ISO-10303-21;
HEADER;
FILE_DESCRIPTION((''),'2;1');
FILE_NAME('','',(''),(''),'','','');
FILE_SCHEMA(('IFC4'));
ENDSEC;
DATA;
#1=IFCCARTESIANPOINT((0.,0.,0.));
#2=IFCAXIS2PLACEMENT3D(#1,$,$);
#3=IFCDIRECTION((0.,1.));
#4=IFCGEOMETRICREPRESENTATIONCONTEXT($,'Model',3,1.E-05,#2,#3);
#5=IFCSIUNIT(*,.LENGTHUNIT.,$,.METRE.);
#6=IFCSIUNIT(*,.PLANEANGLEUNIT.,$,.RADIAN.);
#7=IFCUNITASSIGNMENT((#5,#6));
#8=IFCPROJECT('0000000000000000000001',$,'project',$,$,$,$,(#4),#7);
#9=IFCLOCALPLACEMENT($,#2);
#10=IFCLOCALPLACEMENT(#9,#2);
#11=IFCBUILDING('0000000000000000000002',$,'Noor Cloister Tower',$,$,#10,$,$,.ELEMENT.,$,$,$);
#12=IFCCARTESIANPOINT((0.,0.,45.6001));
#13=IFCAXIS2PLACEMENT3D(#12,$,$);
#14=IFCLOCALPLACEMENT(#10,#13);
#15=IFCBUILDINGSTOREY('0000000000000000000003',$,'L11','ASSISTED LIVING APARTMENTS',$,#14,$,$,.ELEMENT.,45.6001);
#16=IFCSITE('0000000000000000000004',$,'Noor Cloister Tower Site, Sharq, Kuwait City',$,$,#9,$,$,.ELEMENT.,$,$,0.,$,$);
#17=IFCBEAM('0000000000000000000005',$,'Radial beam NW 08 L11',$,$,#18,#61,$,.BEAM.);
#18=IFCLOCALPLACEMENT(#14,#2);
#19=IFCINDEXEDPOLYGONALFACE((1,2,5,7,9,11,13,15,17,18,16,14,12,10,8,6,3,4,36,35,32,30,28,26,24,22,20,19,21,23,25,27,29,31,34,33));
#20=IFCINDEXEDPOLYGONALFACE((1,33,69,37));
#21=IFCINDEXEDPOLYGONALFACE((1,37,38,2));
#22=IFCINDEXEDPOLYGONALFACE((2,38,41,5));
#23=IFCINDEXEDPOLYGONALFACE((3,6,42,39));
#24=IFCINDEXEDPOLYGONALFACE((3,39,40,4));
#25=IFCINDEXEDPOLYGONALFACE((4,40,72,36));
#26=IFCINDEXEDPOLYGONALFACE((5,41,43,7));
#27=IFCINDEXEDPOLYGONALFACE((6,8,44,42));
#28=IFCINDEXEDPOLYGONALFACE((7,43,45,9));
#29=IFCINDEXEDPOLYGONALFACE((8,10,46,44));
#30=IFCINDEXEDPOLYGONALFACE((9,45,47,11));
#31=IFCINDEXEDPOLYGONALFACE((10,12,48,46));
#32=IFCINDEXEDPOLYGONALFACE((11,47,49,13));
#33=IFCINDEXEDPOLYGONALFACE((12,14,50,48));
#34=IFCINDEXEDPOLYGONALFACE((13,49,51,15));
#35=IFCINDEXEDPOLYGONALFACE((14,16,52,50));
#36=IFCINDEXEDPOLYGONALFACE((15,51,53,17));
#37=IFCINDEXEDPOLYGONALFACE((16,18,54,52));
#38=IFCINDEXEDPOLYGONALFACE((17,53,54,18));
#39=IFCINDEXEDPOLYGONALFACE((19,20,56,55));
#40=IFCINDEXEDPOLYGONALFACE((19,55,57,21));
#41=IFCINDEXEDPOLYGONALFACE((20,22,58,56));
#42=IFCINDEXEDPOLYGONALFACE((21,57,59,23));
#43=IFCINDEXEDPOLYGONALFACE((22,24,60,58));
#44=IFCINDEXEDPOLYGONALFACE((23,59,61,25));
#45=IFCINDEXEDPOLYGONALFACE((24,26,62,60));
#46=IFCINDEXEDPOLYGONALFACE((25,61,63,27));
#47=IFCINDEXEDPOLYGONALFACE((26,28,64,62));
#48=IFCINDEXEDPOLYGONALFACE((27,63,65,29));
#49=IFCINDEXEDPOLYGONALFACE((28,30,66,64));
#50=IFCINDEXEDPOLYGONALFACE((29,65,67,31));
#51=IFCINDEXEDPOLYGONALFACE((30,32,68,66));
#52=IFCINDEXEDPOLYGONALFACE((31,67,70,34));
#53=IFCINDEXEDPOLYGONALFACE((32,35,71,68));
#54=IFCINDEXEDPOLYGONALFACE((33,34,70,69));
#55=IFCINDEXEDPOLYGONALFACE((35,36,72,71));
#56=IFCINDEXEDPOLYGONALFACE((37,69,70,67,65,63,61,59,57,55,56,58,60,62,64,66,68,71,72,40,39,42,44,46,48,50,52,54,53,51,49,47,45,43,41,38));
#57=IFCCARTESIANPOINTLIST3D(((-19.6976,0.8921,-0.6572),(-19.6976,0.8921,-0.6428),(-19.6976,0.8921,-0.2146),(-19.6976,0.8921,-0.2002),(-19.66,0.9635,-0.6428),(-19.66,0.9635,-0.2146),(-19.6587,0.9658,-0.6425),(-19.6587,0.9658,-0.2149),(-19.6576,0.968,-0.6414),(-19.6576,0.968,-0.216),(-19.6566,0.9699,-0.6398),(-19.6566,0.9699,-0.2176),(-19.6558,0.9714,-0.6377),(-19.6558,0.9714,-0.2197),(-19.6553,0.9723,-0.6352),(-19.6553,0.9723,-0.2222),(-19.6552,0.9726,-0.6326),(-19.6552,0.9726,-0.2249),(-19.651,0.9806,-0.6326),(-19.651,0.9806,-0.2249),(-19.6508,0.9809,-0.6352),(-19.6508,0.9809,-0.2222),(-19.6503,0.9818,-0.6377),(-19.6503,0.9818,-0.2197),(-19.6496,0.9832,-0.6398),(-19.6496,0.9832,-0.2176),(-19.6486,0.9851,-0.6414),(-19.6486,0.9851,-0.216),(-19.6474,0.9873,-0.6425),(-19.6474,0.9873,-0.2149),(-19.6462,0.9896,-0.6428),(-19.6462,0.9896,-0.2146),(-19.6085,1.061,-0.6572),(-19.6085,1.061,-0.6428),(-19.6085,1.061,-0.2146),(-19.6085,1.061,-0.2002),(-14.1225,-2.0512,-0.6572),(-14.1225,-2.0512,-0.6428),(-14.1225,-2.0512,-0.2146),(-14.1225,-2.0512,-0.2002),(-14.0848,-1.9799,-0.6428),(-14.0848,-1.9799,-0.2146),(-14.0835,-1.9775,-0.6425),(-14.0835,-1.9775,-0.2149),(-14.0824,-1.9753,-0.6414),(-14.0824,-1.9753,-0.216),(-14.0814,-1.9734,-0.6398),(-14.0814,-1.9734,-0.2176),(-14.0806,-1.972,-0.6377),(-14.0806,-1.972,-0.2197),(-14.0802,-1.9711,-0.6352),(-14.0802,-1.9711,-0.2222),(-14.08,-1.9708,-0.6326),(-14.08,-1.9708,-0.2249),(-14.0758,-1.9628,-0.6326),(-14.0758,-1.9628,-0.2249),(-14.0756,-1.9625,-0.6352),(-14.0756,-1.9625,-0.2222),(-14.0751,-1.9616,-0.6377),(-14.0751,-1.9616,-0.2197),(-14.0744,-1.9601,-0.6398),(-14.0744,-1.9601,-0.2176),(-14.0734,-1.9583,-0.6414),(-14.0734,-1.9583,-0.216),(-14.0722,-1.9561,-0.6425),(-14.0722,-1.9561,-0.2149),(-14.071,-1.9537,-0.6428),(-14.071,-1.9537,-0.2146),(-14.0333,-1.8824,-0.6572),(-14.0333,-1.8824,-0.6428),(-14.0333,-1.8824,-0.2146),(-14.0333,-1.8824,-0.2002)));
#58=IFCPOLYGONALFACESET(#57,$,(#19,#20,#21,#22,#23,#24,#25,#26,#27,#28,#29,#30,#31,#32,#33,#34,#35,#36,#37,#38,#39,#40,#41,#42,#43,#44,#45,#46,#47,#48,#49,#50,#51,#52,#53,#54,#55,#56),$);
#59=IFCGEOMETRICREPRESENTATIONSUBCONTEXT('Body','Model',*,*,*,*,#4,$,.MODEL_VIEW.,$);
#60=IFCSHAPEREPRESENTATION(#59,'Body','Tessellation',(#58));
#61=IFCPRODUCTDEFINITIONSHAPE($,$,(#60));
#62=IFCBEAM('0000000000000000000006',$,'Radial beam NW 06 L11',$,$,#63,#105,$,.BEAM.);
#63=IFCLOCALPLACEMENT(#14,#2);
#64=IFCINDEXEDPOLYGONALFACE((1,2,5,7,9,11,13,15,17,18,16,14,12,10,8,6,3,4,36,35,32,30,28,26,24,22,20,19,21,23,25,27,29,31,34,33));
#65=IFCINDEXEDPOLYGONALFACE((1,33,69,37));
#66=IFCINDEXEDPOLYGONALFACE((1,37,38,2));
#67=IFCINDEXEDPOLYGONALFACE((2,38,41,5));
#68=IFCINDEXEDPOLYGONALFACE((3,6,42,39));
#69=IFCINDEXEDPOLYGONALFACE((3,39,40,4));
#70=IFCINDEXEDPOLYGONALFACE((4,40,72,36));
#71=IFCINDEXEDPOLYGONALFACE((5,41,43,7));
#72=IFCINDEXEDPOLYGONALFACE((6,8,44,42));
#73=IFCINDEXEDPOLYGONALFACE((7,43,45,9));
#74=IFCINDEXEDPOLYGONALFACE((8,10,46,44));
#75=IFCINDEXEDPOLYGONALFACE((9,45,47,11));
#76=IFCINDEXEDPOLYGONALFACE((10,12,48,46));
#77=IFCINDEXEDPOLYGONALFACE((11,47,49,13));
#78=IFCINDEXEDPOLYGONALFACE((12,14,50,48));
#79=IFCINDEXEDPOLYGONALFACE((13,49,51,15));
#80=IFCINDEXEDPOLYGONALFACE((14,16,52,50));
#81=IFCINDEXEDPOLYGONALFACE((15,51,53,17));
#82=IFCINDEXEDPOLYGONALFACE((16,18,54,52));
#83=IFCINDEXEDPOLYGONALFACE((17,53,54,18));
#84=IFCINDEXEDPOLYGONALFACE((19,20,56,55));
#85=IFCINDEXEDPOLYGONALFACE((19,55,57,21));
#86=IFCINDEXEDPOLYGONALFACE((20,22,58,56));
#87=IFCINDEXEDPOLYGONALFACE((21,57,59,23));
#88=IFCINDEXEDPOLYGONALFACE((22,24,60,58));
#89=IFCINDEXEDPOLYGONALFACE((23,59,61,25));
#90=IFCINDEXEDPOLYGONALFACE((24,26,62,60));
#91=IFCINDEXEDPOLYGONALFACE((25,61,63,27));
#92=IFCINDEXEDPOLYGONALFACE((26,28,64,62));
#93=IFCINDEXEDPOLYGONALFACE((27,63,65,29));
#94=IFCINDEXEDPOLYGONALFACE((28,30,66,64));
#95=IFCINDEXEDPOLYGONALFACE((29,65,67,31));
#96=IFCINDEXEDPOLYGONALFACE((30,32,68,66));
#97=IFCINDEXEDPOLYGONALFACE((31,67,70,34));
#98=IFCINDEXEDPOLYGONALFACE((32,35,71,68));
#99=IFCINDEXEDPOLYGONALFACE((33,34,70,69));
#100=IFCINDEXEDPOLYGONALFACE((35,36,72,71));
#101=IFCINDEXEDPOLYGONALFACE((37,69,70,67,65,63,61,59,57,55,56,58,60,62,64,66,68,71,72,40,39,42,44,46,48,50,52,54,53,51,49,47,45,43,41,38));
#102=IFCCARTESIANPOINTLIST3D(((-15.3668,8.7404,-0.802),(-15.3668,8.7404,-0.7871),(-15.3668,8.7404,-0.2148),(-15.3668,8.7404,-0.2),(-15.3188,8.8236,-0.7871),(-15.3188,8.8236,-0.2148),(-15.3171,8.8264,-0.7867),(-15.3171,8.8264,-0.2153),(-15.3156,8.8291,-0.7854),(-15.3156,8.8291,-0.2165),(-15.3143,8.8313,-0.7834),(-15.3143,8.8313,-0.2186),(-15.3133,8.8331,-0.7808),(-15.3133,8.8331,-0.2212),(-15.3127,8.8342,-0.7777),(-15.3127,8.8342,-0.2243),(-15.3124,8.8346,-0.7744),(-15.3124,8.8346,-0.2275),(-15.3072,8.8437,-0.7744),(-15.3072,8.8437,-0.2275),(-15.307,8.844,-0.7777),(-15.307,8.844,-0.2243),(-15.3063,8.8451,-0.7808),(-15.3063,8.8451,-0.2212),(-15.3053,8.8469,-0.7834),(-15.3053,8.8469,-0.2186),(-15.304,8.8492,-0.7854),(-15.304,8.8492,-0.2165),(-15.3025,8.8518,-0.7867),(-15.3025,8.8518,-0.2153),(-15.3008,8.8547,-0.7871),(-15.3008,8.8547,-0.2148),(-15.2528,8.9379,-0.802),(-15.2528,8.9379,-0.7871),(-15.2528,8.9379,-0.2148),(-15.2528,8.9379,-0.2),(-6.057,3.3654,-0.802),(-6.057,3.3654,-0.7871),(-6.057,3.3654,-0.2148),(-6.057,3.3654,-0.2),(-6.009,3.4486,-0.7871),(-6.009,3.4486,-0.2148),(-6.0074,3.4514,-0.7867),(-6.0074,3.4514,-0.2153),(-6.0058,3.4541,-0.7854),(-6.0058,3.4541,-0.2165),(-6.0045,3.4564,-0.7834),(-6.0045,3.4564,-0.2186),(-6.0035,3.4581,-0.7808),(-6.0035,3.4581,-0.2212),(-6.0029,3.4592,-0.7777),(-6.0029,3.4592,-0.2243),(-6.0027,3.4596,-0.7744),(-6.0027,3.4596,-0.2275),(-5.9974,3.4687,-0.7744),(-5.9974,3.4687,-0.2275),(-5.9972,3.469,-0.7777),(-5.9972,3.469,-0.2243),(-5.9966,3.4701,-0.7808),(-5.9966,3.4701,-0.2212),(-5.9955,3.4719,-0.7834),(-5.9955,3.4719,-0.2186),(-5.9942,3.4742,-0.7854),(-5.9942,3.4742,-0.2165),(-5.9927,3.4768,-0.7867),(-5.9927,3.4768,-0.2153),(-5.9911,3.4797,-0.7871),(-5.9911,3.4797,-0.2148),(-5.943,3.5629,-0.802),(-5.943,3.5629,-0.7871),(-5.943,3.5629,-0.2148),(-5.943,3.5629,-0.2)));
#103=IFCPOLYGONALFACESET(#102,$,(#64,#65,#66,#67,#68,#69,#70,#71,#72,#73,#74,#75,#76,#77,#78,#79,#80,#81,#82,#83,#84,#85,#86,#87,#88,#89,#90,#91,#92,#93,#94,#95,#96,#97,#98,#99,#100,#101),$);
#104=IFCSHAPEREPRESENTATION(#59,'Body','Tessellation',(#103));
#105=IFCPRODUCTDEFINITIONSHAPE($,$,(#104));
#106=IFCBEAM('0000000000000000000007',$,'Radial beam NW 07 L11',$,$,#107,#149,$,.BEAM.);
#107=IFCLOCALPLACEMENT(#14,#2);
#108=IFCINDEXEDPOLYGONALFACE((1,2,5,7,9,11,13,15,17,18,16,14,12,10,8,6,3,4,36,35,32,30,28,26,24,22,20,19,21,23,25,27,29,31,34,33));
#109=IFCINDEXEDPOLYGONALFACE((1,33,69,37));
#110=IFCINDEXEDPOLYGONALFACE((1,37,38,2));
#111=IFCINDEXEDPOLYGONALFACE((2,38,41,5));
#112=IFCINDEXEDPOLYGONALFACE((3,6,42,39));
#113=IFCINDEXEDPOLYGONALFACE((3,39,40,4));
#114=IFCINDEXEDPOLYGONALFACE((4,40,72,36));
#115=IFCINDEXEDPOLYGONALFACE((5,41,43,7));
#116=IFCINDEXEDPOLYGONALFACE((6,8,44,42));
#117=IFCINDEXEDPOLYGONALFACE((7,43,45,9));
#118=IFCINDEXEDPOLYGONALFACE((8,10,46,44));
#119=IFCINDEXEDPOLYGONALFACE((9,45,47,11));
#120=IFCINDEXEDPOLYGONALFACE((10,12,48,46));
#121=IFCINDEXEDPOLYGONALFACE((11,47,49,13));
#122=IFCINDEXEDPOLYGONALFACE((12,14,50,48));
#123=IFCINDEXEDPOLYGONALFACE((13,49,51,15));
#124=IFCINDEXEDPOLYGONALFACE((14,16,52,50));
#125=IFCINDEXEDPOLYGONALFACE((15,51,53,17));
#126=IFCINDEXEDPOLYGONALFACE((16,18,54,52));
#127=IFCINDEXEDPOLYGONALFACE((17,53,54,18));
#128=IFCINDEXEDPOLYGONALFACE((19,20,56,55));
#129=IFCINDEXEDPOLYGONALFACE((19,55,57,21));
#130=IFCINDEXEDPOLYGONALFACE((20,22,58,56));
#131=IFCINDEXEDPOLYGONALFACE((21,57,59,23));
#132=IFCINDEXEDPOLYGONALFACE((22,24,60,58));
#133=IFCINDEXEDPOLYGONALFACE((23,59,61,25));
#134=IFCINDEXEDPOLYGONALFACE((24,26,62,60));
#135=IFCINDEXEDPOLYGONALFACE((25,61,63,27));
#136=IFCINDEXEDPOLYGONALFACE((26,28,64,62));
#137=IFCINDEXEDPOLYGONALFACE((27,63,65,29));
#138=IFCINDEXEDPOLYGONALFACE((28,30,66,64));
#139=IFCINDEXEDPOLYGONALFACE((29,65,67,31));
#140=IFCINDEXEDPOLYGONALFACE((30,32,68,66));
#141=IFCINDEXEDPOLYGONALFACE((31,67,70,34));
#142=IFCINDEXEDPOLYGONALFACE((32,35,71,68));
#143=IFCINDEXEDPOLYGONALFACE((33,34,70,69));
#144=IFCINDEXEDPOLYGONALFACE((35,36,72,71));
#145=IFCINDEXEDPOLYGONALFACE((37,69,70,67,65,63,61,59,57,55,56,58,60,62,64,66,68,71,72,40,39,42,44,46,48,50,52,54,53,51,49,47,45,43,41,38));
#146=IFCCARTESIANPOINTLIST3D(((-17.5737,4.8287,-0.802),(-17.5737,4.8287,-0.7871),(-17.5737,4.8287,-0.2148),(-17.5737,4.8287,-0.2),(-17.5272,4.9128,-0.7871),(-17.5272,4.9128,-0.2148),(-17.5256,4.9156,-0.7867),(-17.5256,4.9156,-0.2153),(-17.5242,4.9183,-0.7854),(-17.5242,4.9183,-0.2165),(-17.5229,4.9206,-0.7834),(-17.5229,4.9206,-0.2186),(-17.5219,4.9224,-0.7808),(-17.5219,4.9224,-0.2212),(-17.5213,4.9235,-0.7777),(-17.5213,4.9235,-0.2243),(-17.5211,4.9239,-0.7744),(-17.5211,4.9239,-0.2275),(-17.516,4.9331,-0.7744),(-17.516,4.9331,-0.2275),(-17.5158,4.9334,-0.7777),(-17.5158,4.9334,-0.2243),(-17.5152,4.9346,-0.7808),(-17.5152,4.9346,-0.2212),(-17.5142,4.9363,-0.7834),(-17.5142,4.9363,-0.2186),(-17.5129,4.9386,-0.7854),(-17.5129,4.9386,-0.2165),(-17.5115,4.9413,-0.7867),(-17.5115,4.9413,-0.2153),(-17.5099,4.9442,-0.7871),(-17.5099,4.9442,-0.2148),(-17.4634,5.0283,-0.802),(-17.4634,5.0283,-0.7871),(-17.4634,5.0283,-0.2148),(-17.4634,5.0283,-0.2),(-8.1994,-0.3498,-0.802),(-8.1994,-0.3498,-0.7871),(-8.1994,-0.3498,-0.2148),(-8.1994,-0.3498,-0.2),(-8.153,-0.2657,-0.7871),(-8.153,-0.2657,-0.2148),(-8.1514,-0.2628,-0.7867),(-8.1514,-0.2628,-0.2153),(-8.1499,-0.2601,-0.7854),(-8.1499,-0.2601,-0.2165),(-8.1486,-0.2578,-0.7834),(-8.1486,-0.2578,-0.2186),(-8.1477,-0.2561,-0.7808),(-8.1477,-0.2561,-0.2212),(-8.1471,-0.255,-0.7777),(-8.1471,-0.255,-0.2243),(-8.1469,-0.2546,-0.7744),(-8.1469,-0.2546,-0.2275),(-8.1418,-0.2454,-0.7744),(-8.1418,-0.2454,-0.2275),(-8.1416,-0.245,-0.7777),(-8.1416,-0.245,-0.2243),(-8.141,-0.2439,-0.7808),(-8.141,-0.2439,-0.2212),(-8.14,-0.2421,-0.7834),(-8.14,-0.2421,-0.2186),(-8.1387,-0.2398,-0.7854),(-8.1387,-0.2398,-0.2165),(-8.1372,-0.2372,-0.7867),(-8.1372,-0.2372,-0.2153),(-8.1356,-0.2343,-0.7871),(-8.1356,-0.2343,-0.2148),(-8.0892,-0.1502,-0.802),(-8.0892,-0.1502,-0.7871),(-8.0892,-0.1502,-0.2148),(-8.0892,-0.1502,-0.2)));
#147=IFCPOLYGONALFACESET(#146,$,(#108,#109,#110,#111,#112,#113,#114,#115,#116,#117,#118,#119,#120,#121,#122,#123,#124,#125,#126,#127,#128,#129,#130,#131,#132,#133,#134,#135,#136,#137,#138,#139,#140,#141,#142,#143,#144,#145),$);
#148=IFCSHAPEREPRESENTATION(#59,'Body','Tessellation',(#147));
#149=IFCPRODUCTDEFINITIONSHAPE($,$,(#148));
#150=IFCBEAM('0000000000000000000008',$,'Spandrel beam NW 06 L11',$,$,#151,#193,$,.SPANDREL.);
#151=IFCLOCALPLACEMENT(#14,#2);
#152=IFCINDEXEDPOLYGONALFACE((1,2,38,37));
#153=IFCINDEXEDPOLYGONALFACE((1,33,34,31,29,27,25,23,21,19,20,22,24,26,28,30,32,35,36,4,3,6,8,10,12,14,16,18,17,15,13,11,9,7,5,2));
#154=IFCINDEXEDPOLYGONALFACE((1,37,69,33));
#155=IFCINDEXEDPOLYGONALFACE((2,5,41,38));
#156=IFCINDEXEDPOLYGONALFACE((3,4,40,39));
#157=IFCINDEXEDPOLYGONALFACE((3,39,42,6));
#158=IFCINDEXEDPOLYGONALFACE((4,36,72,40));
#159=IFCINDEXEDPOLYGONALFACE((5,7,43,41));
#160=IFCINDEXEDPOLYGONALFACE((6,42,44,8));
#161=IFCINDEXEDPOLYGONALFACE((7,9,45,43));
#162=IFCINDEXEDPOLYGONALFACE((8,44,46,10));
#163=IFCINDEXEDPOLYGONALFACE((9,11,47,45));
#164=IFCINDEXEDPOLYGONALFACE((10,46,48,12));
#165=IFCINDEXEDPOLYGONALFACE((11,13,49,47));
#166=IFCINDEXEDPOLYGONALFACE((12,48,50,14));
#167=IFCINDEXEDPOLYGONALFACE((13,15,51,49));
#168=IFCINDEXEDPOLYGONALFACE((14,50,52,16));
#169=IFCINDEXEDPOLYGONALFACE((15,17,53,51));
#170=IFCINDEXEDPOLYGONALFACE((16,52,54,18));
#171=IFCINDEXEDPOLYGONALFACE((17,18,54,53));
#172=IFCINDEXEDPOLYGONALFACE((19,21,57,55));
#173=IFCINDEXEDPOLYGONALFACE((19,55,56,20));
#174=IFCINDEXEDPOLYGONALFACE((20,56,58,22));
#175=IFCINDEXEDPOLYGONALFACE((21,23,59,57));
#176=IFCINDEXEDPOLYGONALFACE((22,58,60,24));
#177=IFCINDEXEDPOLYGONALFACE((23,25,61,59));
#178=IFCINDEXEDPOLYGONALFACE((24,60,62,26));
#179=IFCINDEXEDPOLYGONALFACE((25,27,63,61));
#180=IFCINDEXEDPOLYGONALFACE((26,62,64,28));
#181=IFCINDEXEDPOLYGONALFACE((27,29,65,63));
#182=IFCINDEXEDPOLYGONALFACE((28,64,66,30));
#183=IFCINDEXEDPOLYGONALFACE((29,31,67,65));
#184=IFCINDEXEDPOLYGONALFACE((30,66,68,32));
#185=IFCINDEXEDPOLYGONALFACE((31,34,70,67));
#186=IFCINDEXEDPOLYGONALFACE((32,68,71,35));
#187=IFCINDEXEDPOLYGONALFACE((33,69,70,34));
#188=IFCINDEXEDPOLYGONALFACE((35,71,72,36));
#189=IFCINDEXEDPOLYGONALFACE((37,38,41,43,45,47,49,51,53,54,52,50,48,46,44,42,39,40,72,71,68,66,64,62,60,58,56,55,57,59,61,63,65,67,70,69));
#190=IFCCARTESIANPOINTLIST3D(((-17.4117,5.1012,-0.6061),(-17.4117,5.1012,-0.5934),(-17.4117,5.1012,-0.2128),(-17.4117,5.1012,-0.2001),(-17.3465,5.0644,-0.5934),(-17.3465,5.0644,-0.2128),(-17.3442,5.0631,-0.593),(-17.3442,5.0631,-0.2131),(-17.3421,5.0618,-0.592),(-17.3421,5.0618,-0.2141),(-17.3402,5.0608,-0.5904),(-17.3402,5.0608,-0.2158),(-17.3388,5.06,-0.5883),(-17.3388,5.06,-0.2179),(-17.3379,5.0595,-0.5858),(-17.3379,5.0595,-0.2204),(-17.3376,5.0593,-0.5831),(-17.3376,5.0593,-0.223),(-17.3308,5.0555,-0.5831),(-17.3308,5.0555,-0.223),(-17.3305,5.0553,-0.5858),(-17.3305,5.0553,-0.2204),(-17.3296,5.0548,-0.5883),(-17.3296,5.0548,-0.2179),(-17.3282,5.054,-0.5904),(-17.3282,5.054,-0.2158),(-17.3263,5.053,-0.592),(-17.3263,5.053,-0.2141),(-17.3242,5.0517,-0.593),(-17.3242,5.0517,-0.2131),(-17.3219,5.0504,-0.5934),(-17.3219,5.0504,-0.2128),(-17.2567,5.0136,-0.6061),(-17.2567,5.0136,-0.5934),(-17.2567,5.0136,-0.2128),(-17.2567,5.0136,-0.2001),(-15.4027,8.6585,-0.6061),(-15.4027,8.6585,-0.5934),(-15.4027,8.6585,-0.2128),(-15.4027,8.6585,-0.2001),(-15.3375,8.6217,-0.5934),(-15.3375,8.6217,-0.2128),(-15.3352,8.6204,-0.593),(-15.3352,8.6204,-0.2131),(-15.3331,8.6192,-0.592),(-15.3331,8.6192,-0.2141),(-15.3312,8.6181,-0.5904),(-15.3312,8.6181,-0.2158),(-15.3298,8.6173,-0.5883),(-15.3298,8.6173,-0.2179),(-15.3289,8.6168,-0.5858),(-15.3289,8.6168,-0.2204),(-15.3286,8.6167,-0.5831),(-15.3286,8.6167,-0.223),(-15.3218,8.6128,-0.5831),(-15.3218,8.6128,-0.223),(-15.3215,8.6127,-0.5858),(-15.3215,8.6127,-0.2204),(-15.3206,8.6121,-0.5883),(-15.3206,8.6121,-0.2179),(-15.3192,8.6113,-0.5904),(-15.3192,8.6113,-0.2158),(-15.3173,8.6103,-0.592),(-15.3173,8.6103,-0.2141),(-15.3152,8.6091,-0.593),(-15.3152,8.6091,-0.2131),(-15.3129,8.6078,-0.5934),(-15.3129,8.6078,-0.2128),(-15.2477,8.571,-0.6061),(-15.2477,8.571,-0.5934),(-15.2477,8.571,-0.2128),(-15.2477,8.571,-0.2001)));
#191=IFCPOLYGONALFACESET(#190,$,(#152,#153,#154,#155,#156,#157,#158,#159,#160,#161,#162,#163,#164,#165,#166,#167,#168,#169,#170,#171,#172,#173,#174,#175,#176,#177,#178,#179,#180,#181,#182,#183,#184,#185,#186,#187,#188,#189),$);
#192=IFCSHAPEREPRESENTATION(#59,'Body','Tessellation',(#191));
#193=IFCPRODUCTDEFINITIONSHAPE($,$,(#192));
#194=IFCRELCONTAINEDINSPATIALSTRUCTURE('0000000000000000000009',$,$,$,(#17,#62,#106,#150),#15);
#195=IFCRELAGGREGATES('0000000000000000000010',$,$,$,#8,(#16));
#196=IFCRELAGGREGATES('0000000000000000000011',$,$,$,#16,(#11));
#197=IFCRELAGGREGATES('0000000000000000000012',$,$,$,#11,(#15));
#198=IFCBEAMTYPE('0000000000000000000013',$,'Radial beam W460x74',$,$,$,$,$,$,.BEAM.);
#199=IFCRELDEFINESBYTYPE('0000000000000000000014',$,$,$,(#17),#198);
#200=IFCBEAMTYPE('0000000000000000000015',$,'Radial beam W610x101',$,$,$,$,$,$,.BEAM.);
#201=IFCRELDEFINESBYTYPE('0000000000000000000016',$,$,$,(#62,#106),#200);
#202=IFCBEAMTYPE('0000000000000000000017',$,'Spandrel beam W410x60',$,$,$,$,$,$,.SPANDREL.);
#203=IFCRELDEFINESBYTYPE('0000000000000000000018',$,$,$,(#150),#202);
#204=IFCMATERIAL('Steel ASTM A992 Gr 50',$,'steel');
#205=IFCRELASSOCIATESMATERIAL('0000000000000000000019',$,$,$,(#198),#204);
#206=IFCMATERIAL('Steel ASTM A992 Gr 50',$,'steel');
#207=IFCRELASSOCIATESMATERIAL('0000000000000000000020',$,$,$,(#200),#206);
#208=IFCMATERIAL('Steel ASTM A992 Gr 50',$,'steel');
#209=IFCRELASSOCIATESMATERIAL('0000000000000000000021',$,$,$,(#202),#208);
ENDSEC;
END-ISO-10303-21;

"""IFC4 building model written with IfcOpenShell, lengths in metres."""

from ifc_helpers import new_model, si_unit, direction, frame, origin, origin_2d, place, context, subcontext, project, spatial, i_section, extrude, material, material_profile, profile_set, type_object, element, save


model = new_model("IFC4")

# Units and contexts
model_context = context("Model", 3, precision=1e-05, world=origin(), true_north=direction((0.0, 1.0)))
body_context = subcontext(model_context, "Body", "Model", "MODEL_VIEW")
ifc_project = project(units=[si_unit("LENGTHUNIT", "METRE"), si_unit("PLANEANGLEUNIT", "RADIAN")], contexts=[model_context])

# Site, building, storey
site_placement = place(None, origin())
site = spatial("IfcSite", under=ifc_project, at=site_placement, Name="Noor Cloister Tower Site, Sharq, Kuwait City", CompositionType="ELEMENT", RefElevation=0.0)
building_placement = place(site_placement, origin())
building = spatial("IfcBuilding", under=site, at=building_placement, Name="Noor Cloister Tower", CompositionType="ELEMENT")
storey_placement = place(building_placement, frame((0.0, 0.0, 45.6001)))
storey = spatial("IfcBuildingStorey", under=building, at=storey_placement, Name="L11", Description="ASSISTED LIVING APARTMENTS", CompositionType="ELEMENT", Elevation=45.6001)

# Beams
ifc_material_1 = material(Name="Steel ASTM A992 Gr 50", Category="steel")
ifc_material_profile_1 = material_profile(ifc_material_1, i_section(OverallWidth=0.1909, OverallDepth=0.457, WebThickness=0.009, FlangeThickness=0.0144, FilletRadius=0.0103, at=origin_2d()), Name="W460x74")
ifc_profile_set_1 = profile_set([ifc_material_profile_1], Name="Steel ASTM A992 Gr 50")
beam_type_1 = type_object("IfcBeamType", Name="Radial beam W460x74", PredefinedType="BEAM", material=ifc_profile_set_1)
beam_1_placement = place(storey_placement, frame((-19.6531, 0.9766, -0.4287), z_axis=(0.884326, -0.46687, 0.0), x_axis=(0.46687, 0.884326, 0.0)))
element("IfcBeam", 1, at=beam_1_placement, inside=storey, type_object=beam_type_1, Name="Radial beam NW 08 L11", PredefinedType="BEAM", context=body_context, shape_type="SweptSolid", body=[
    extrude(i_section(OverallWidth=0.1909, OverallDepth=0.457, WebThickness=0.009, FlangeThickness=0.0144, FilletRadius=0.0103, at=origin_2d()), origin(), (0.0, 0.0, 1.0), 6.3044),
])
ifc_material_2 = material(Name="Steel ASTM A992 Gr 50", Category="steel")
ifc_material_profile_2 = material_profile(ifc_material_2, i_section(OverallWidth=0.228, OverallDepth=0.6021, WebThickness=0.0105, FlangeThickness=0.0149, FilletRadius=0.0127, at=origin_2d()), Name="W610x101")
ifc_profile_set_2 = profile_set([ifc_material_profile_2], Name="Steel ASTM A992 Gr 50")
beam_type_2 = type_object("IfcBeamType", Name="Radial beam W610x101", PredefinedType="BEAM", material=ifc_profile_set_2)
beam_2_placement = place(storey_placement, frame((-15.3098, 8.8391, -0.501), z_axis=(0.866026, -0.499998, 0.0), x_axis=(0.499998, 0.866026, 0.0)))
element("IfcBeam", 2, at=beam_2_placement, inside=storey, type_object=beam_type_2, Name="Radial beam NW 06 L11", PredefinedType="BEAM", context=body_context, shape_type="SweptSolid", body=[
    extrude(i_section(OverallWidth=0.228, OverallDepth=0.6021, WebThickness=0.0105, FlangeThickness=0.0149, FilletRadius=0.0127, at=origin_2d()), origin(), (0.0, 0.0, 1.0), 10.75),
])
beam_3_placement = place(storey_placement, frame((-17.5186, 4.9285, -0.501), z_axis=(0.875323, -0.48354, 0.0), x_axis=(0.48354, 0.875323, 0.0)))
element("IfcBeam", 3, at=beam_3_placement, inside=storey, type_object=beam_type_2, Name="Radial beam NW 07 L11", PredefinedType="BEAM", context=body_context, shape_type="SweptSolid", body=[
    extrude(i_section(OverallWidth=0.228, OverallDepth=0.6021, WebThickness=0.0105, FlangeThickness=0.0149, FilletRadius=0.0127, at=origin_2d()), origin(), (0.0, 0.0, 1.0), 10.7095),
])
ifc_material_3 = material(Name="Steel ASTM A992 Gr 50", Category="steel")
ifc_material_profile_3 = material_profile(ifc_material_3, i_section(OverallWidth=0.178, OverallDepth=0.406, WebThickness=0.0078, FlangeThickness=0.0127, FilletRadius=0.0103, at=origin_2d()), Name="W410x60")
ifc_profile_set_3 = profile_set([ifc_material_profile_3], Name="Steel ASTM A992 Gr 50")
beam_type_3 = type_object("IfcBeamType", Name="Spandrel beam W410x60", PredefinedType="SPANDREL", material=ifc_profile_set_3)
beam_4_placement = place(storey_placement, frame((-15.3252, 8.6147, -0.4031), z_axis=(-0.49175, -0.870736, 0.0), x_axis=(0.870736, -0.49175, 0.0)))
element("IfcBeam", 4, at=beam_4_placement, inside=storey, type_object=beam_type_3, Name="Spandrel beam NW 06 L11", PredefinedType="SPANDREL", context=body_context, shape_type="SweptSolid", body=[
    extrude(i_section(OverallWidth=0.178, OverallDepth=0.406, WebThickness=0.0078, FlangeThickness=0.0127, FilletRadius=0.0103, at=origin_2d()), origin(), (0.0, 0.0, 1.0), 4.0854),
])

save(model, "model.ifc")
